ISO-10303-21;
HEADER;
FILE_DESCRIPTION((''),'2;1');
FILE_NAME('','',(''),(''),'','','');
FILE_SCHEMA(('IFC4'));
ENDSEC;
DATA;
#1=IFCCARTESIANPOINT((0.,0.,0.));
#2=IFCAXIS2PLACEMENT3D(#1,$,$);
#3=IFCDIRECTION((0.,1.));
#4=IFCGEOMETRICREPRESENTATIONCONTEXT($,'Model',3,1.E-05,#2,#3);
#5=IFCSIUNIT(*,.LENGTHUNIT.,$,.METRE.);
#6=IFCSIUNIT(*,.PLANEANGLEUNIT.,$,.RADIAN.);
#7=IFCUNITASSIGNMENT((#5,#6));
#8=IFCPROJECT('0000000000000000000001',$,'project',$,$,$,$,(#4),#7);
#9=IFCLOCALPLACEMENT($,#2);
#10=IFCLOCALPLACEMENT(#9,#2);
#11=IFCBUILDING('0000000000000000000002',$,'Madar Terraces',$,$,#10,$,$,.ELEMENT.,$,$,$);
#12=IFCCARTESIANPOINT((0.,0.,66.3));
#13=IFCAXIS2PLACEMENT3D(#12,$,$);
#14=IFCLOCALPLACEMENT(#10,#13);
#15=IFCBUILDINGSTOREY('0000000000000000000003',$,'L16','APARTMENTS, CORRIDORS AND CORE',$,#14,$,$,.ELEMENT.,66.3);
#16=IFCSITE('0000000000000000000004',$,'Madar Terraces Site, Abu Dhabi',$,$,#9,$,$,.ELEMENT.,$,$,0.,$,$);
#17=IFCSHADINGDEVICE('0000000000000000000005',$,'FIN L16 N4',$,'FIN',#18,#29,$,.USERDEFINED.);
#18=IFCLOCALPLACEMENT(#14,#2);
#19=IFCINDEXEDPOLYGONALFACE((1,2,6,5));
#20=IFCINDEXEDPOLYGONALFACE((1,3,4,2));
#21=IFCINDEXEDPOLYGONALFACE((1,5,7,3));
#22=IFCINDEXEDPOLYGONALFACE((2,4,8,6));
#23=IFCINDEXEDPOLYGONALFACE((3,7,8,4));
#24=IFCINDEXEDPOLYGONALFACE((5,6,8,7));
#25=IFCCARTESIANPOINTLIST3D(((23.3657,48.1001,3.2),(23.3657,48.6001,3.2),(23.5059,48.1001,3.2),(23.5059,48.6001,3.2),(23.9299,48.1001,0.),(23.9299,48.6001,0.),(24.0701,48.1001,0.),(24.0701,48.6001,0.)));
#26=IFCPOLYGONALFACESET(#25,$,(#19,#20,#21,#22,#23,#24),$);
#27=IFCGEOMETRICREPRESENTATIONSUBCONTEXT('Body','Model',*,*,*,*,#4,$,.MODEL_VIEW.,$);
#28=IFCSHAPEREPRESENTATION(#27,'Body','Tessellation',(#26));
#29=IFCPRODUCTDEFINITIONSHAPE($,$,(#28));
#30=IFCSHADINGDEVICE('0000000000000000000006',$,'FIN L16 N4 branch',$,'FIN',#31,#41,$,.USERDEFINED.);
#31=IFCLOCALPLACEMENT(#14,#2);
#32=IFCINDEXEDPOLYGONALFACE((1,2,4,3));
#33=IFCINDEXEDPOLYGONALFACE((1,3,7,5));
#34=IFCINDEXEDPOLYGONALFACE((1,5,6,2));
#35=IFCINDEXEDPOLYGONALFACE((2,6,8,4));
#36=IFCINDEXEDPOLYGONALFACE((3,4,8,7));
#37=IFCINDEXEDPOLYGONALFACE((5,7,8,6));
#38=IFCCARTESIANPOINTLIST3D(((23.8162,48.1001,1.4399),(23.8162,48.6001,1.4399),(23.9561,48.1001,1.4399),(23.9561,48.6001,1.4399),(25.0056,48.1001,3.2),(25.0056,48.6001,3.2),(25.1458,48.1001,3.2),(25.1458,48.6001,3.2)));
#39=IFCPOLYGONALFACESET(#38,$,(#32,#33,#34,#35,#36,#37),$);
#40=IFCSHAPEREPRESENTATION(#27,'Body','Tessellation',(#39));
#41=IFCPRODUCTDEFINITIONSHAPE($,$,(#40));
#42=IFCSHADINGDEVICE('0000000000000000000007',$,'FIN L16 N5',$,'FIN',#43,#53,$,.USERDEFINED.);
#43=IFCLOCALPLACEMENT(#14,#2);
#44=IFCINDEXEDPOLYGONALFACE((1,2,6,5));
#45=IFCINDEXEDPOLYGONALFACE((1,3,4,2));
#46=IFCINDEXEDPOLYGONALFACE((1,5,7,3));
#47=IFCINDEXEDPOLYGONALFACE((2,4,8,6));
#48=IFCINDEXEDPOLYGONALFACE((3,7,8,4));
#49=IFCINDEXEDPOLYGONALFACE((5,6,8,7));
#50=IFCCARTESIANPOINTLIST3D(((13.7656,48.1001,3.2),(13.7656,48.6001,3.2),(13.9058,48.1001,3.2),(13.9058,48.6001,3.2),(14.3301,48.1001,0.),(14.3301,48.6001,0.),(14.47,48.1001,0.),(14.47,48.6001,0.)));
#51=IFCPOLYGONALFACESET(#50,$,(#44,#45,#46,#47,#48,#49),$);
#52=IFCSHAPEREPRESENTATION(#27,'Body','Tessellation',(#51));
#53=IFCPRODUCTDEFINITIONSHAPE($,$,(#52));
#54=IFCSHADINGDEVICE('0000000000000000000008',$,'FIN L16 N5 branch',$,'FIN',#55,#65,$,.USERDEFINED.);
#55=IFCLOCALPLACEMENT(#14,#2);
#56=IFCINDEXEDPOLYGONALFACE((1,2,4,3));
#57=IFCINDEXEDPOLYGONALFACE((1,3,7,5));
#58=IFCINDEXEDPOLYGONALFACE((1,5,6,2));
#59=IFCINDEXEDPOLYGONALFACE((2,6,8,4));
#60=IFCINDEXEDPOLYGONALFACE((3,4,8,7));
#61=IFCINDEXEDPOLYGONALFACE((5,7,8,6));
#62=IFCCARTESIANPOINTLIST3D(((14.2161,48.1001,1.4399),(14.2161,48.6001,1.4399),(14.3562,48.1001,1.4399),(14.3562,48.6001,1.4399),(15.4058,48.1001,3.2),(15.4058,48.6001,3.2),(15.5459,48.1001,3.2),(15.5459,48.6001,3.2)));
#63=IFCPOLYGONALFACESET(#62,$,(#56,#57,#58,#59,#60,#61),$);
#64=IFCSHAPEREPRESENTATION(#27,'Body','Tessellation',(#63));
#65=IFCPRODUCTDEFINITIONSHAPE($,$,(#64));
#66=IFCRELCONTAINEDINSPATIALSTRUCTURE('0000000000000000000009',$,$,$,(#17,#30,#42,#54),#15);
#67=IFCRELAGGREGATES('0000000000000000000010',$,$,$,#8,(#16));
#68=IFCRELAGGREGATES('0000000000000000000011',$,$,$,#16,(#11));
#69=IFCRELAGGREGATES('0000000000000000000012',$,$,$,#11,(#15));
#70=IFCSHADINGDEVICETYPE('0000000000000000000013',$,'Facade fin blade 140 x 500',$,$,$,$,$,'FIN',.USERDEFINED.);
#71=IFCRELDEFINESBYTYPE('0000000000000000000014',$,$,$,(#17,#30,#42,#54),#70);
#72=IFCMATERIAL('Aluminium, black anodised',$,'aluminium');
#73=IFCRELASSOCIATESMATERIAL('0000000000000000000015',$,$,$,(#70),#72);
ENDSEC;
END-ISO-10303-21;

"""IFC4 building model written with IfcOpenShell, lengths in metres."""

from ifc_helpers import new_model, si_unit, direction, frame, origin, place, context, subcontext, project, spatial, polyline, outline, extrude, material, type_object, element, save


model = new_model("IFC4")

# Units and contexts
model_context = context("Model", 3, precision=1e-05, world=origin(), true_north=direction((0.0, 1.0)))
body_context = subcontext(model_context, "Body", "Model", "MODEL_VIEW")
ifc_project = project(units=[si_unit("LENGTHUNIT", "METRE"), si_unit("PLANEANGLEUNIT", "RADIAN")], contexts=[model_context])

# Site, building, storey
site_placement = place(None, origin())
site = spatial("IfcSite", under=ifc_project, at=site_placement, Name="Madar Terraces Site, Abu Dhabi", CompositionType="ELEMENT", RefElevation=0.0)
building_placement = place(site_placement, origin())
building = spatial("IfcBuilding", under=site, at=building_placement, Name="Madar Terraces", CompositionType="ELEMENT")
storey_placement = place(building_placement, frame((0.0, 0.0, 66.3)))
storey = spatial("IfcBuildingStorey", under=building, at=storey_placement, Name="L16", Description="APARTMENTS, CORRIDORS AND CORE", CompositionType="ELEMENT", Elevation=66.3)

# Shading devices
ifc_material_1 = material(Name="Aluminium, black anodised", Category="aluminium")
shading_device_type = type_object("IfcShadingDeviceType", Name="Facade fin blade 140 x 500", ElementType="FIN", PredefinedType="USERDEFINED", material=ifc_material_1)
shading_device_1_placement = place(storey_placement, frame((24.0701, 48.3501, 0.0), z_axis=(0.0, 0.0, 1.0), x_axis=(-1.0, 0.0, 0.0)))
element("IfcShadingDevice", 1, at=shading_device_1_placement, inside=storey, type_object=shading_device_type, Name="FIN L16 N4", ObjectType="FIN", PredefinedType="USERDEFINED", context=body_context, shape_type="SweptSolid", body=[
    extrude(outline(polyline([(0.0, 0.0), (0.1401, 0.0), (0.7043, 3.2), (0.5642, 3.2), (0.0, 0.0)])), frame((0.0, 0.25, 0.0), z_axis=(0.0, -1.0, 0.0), x_axis=(1.0, 0.0, 0.0)), (0.0, 0.0, 1.0), 0.5),
])
shading_device_2_placement = place(storey_placement, frame((23.9561, 48.3501, 1.4399), z_axis=(0.0, 0.0, 1.0), x_axis=(-1.0, 0.0, 0.0)))
element("IfcShadingDevice", 2, at=shading_device_2_placement, inside=storey, type_object=shading_device_type, Name="FIN L16 N4 branch", ObjectType="FIN", PredefinedType="USERDEFINED", context=body_context, shape_type="SweptSolid", body=[
    extrude(outline(polyline([(0.0, 0.0), (0.1399, 0.0), (-1.0496, 1.76), (-1.1897, 1.76), (0.0, 0.0)])), frame((0.0, 0.25, 0.0), z_axis=(0.0, -1.0, 0.0), x_axis=(1.0, 0.0, 0.0)), (0.0, 0.0, 1.0), 0.5),
])
shading_device_3_placement = place(storey_placement, frame((14.47, 48.3501, 0.0), z_axis=(0.0, 0.0, 1.0), x_axis=(-1.0, 0.0, 0.0)))
element("IfcShadingDevice", 3, at=shading_device_3_placement, inside=storey, type_object=shading_device_type, Name="FIN L16 N5", ObjectType="FIN", PredefinedType="USERDEFINED", context=body_context, shape_type="SweptSolid", body=[
    extrude(outline(polyline([(0.0, 0.0), (0.1399, 0.0), (0.7043, 3.2), (0.5642, 3.2), (0.0, 0.0)])), frame((0.0, 0.25, 0.0), z_axis=(0.0, -1.0, 0.0), x_axis=(1.0, 0.0, 0.0)), (0.0, 0.0, 1.0), 0.5),
])
shading_device_4_placement = place(storey_placement, frame((14.3562, 48.3501, 1.4399), z_axis=(0.0, 0.0, 1.0), x_axis=(-1.0, 0.0, 0.0)))
element("IfcShadingDevice", 4, at=shading_device_4_placement, inside=storey, type_object=shading_device_type, Name="FIN L16 N5 branch", ObjectType="FIN", PredefinedType="USERDEFINED", context=body_context, shape_type="SweptSolid", body=[
    extrude(outline(polyline([(0.0, 0.0), (0.1401, 0.0), (-1.0496, 1.76), (-1.1897, 1.76), (0.0, 0.0)])), frame((0.0, 0.25, 0.0), z_axis=(0.0, -1.0, 0.0), x_axis=(1.0, 0.0, 0.0)), (0.0, 0.0, 1.0), 0.5),
])

save(model, "model.ifc")
